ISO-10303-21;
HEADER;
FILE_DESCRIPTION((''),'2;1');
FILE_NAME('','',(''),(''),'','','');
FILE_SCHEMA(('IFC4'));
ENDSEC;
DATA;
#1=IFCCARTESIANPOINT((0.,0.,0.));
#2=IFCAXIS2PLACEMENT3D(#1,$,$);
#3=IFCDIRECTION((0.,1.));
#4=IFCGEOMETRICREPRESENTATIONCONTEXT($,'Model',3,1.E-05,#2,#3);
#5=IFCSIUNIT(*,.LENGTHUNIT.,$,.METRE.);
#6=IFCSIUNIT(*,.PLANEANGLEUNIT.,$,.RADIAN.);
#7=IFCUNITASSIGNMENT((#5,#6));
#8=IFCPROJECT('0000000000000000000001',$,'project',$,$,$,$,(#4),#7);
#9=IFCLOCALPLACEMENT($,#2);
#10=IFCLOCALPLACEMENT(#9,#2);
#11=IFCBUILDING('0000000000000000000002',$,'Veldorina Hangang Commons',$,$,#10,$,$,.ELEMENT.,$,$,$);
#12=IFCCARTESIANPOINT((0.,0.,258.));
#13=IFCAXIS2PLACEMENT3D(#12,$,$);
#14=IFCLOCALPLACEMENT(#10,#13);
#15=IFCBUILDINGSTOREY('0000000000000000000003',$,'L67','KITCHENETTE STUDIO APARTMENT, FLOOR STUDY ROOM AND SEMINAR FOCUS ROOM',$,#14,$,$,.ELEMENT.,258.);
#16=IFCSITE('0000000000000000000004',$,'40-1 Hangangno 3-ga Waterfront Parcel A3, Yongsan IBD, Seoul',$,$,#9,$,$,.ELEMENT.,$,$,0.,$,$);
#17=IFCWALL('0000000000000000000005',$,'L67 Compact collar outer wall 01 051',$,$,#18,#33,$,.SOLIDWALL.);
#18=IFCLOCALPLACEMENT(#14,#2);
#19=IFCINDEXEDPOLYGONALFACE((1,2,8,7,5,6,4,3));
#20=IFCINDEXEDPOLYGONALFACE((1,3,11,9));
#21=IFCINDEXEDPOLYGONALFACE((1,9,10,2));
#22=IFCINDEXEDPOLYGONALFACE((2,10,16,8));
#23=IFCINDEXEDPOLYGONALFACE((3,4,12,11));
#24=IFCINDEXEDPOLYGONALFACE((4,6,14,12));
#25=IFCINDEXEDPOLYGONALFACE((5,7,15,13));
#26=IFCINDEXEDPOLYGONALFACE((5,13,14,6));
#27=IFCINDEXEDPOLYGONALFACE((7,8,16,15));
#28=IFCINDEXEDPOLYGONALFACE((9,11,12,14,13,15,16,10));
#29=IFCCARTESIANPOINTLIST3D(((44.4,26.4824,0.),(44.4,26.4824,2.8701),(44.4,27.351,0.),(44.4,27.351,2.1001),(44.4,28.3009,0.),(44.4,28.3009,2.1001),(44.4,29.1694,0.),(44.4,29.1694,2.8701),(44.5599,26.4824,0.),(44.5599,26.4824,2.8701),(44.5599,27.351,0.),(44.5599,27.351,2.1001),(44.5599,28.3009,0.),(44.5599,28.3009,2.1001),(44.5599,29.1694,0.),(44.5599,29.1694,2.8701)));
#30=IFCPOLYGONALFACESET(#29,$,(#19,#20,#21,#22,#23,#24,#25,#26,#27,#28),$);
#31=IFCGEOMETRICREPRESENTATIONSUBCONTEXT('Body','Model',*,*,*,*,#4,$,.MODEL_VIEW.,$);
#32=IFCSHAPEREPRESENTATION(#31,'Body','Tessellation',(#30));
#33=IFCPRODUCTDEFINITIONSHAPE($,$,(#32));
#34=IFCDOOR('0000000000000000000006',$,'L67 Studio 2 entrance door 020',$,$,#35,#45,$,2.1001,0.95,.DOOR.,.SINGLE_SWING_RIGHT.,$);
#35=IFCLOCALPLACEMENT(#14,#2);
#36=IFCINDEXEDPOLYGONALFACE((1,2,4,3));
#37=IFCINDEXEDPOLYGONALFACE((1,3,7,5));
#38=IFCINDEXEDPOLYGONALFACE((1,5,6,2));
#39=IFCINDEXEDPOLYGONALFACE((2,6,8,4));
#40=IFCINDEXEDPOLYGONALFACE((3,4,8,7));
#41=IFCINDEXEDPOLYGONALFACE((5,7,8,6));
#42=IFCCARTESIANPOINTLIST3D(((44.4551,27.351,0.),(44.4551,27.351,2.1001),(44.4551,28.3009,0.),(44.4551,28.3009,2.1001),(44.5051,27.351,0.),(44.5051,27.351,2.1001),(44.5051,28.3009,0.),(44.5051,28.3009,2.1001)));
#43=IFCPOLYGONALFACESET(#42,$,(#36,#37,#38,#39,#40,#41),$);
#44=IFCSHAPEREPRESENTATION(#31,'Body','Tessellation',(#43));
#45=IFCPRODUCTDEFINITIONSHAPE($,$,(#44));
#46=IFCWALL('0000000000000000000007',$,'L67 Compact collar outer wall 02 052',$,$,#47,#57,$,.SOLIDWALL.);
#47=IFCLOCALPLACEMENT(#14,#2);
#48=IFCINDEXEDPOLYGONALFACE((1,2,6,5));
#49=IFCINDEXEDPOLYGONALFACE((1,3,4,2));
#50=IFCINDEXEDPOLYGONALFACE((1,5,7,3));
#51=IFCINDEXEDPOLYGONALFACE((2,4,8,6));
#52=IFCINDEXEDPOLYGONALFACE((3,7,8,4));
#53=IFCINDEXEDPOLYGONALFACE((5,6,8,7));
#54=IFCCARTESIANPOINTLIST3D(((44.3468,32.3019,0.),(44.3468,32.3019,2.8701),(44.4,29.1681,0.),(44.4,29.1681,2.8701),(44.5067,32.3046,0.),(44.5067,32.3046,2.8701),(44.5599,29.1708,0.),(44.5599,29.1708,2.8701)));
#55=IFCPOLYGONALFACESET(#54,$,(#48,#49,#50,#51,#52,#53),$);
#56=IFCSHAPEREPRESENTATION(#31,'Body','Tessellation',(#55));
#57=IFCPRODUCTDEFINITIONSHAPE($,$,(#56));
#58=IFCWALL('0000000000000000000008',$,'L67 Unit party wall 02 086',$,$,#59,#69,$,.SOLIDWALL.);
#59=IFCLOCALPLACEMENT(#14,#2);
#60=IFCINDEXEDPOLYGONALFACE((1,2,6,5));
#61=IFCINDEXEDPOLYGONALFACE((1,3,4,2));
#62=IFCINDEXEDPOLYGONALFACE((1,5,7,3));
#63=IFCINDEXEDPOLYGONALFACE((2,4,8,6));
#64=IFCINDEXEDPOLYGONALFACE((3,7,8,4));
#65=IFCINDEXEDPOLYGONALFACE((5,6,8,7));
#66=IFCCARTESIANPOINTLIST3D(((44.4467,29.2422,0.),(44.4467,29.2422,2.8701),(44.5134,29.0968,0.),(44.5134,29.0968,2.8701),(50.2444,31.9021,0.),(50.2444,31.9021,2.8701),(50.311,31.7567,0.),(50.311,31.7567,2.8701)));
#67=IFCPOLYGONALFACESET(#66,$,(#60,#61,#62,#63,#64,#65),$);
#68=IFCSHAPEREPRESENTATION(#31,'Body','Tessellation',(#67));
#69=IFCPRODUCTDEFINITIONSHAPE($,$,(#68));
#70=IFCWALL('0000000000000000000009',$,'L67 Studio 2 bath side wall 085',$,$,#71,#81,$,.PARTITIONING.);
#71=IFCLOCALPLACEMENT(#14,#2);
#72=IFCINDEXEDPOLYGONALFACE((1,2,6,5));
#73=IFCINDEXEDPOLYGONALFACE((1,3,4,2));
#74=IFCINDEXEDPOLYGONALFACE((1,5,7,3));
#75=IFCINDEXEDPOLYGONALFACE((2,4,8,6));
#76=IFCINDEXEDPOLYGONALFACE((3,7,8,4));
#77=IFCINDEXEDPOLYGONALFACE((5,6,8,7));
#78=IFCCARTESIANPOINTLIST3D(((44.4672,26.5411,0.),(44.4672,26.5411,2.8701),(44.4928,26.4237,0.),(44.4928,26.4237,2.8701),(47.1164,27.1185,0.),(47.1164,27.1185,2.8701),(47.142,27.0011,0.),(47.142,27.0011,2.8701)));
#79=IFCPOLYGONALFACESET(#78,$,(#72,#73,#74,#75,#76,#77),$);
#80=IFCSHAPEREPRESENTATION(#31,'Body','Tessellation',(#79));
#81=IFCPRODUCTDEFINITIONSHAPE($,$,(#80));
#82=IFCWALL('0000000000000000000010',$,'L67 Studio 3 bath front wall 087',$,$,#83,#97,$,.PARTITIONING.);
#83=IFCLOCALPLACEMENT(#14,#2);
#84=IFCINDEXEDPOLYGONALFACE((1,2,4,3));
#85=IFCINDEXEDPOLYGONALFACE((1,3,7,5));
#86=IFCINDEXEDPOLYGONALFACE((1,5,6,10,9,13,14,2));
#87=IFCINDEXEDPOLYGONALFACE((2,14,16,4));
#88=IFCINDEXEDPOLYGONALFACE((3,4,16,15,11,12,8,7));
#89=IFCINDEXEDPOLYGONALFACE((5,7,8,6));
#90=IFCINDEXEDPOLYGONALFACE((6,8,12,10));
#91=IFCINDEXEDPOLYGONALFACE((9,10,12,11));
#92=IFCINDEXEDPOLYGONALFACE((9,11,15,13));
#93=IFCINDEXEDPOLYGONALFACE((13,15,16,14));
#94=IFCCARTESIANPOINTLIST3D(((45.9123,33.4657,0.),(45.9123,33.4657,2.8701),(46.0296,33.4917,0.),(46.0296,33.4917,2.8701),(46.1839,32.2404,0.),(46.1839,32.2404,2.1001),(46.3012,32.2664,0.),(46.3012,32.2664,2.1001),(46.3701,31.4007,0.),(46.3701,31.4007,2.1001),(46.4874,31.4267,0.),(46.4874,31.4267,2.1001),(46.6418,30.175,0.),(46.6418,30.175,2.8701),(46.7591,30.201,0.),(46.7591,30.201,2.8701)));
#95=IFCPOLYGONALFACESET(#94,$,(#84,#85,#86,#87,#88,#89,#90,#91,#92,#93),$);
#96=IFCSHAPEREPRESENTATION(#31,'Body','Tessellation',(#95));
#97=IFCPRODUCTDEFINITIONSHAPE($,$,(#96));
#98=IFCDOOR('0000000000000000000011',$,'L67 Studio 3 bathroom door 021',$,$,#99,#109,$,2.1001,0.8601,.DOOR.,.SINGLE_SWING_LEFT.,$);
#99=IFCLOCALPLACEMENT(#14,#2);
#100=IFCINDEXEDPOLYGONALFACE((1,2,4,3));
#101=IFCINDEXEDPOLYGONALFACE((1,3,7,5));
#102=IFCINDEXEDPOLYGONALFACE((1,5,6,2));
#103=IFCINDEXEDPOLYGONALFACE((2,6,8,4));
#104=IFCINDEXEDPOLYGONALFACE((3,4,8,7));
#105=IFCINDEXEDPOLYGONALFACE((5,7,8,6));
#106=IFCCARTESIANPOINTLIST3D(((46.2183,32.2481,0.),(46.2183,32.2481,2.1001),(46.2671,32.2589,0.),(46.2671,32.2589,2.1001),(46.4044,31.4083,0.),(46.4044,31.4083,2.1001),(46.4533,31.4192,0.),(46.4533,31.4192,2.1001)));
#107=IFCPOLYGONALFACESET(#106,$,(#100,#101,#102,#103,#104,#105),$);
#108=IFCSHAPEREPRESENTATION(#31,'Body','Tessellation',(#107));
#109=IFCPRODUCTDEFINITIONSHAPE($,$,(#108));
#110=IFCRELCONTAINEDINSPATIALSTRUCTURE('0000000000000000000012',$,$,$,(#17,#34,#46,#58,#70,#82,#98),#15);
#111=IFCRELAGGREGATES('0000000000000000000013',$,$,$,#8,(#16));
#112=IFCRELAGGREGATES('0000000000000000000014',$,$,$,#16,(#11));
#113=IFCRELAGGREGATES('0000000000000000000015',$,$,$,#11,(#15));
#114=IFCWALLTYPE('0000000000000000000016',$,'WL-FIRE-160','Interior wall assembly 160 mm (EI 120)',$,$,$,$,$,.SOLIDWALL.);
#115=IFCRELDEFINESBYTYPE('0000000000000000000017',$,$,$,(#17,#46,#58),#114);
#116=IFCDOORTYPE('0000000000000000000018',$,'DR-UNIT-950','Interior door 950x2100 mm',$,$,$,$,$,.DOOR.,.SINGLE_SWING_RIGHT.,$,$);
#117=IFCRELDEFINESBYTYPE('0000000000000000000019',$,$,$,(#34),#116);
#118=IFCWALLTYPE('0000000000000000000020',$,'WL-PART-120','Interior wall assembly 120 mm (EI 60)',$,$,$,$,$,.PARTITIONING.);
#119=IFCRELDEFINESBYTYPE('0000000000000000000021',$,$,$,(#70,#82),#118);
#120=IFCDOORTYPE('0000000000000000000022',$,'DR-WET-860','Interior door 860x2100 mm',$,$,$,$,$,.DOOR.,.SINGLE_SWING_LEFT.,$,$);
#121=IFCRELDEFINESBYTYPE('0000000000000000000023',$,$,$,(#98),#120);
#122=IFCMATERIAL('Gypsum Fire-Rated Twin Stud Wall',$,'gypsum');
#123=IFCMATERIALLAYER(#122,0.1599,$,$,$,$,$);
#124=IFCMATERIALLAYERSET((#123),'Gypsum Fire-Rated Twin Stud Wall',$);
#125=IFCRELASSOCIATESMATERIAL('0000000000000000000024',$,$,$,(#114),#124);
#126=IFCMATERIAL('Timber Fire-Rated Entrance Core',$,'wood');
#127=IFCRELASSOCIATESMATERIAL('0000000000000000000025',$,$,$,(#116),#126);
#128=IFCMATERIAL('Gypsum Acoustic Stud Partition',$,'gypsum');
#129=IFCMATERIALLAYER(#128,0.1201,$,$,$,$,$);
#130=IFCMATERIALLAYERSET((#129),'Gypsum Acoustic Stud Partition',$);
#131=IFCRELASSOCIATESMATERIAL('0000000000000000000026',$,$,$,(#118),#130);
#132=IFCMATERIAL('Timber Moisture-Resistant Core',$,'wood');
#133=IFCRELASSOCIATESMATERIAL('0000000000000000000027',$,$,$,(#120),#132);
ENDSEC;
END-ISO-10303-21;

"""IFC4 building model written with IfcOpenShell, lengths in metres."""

from ifc_helpers import new_model, si_unit, direction, frame, frame_2d, origin, place, context, subcontext, project, spatial, rectangle, extrude, material, layer, layer_set, type_object, element, fill, save


model = new_model("IFC4")

# Units and contexts
model_context = context("Model", 3, precision=1e-05, world=origin(), true_north=direction((0.0, 1.0)))
body_context = subcontext(model_context, "Body", "Model", "MODEL_VIEW")
ifc_project = project(units=[si_unit("LENGTHUNIT", "METRE"), si_unit("PLANEANGLEUNIT", "RADIAN")], contexts=[model_context])

# Site, building, storey
site_placement = place(None, origin())
site = spatial("IfcSite", under=ifc_project, at=site_placement, Name="40-1 Hangangno 3-ga Waterfront Parcel A3, Yongsan IBD, Seoul", CompositionType="ELEMENT", RefElevation=0.0)
building_placement = place(site_placement, origin())
building = spatial("IfcBuilding", under=site, at=building_placement, Name="Veldorina Hangang Commons", CompositionType="ELEMENT")
storey_placement = place(building_placement, frame((0.0, 0.0, 258.0)))
storey = spatial("IfcBuildingStorey", under=building, at=storey_placement, Name="L67", Description="KITCHENETTE STUDIO APARTMENT, FLOOR STUDY ROOM AND SEMINAR FOCUS ROOM", CompositionType="ELEMENT", Elevation=258.0)

# Wall, opening, door
ifc_material_1 = material(Name="Gypsum Fire-Rated Twin Stud Wall", Category="gypsum")
ifc_layer_1 = layer(ifc_material_1, 0.1599)
ifc_layer_set_1 = layer_set([ifc_layer_1], Name="Gypsum Fire-Rated Twin Stud Wall")
wall_type_1 = type_object("IfcWallType", Name="WL-FIRE-160", Description="Interior wall assembly 160 mm (EI 120)", PredefinedType="SOLIDWALL", material=ifc_layer_set_1)
wall_1_placement = place(storey_placement, frame((44.48, 26.4824, 0.0), z_axis=(0.0, 0.0, 1.0), x_axis=(0.0, 1.0, 0.0)))
wall_1 = element("IfcWall", 1, at=wall_1_placement, inside=storey, type_object=wall_type_1, Name="L67 Compact collar outer wall 01 051", PredefinedType="SOLIDWALL", context=body_context, shape_type="SweptSolid", body=[
    extrude(rectangle(XDim=2.687, YDim=0.1599, at=frame_2d((1.3435, 0.0))), origin(), (0.0, 0.0, 1.0), 2.8701),
])
opening_1_placement = place(wall_1_placement, frame((0.8684, 0.0, 0.0)))
opening_1 = element("IfcOpeningElement", 2, at=opening_1_placement, cuts=wall_1, PredefinedType="OPENING", context=body_context, shape_type="SweptSolid", body=[
    extrude(rectangle(XDim=0.95, YDim=2.1001, at=frame_2d((0.4751, 1.05))), frame((0.0, 0.0898, 0.0), z_axis=(0.0, -1.0, 0.0), x_axis=(1.0, 0.0, 0.0)), (0.0, 0.0, 1.0), 0.1799),
])
ifc_material_2 = material(Name="Timber Fire-Rated Entrance Core", Category="wood")
door_type_1 = type_object("IfcDoorType", Name="DR-UNIT-950", Description="Interior door 950x2100 mm", OperationType="SINGLE_SWING_RIGHT", PredefinedType="DOOR", material=ifc_material_2)
door_1_placement = place(opening_1_placement, origin())
door_1 = element("IfcDoor", 3, at=door_1_placement, inside=storey, type_object=door_type_1, Name="L67 Studio 2 entrance door 020", OperationType="SINGLE_SWING_RIGHT", OverallHeight=2.1001, OverallWidth=0.95, PredefinedType="DOOR", context=body_context, shape_type="SweptSolid", body=[
    extrude(rectangle(XDim=0.95, YDim=2.1001, at=frame_2d((0.4751, 1.05))), frame((0.0, 0.0249, 0.0), z_axis=(0.0, -1.0, 0.0), x_axis=(1.0, 0.0, 0.0)), (0.0, 0.0, 1.0), 0.05),
])
fill(opening_1, door_1)

# Walls
wall_2_placement = place(storey_placement, frame((44.48, 29.1694, 0.0), z_axis=(0.0, 0.0, 1.0), x_axis=(-0.016981, 0.999856, 0.0)))
element("IfcWall", 4, at=wall_2_placement, inside=storey, type_object=wall_type_1, Name="L67 Compact collar outer wall 02 052", PredefinedType="SOLIDWALL", context=body_context, shape_type="SweptSolid", body=[
    extrude(rectangle(XDim=3.1343, YDim=0.1599, at=frame_2d((1.5671, 0.0))), origin(), (0.0, 0.0, 1.0), 2.8701),
])
wall_3_placement = place(storey_placement, frame((44.48, 29.1694, 0.0), z_axis=(0.0, 0.0, 1.0), x_axis=(0.908906, 0.417001, 0.0)))
element("IfcWall", 5, at=wall_3_placement, inside=storey, type_object=wall_type_1, Name="L67 Unit party wall 02 086", PredefinedType="SOLIDWALL", context=body_context, shape_type="SweptSolid", body=[
    extrude(rectangle(XDim=6.3787, YDim=0.1599, at=frame_2d((3.1895, 0.0))), origin(), (0.0, 0.0, 1.0), 2.8701),
])
ifc_material_3 = material(Name="Gypsum Acoustic Stud Partition", Category="gypsum")
ifc_layer_2 = layer(ifc_material_3, 0.1201)
ifc_layer_set_2 = layer_set([ifc_layer_2], Name="Gypsum Acoustic Stud Partition")
wall_type_2 = type_object("IfcWallType", Name="WL-PART-120", Description="Interior wall assembly 120 mm (EI 60)", PredefinedType="PARTITIONING", material=ifc_layer_set_2)
wall_4_placement = place(storey_placement, frame((44.48, 26.4824, 0.0), z_axis=(0.0, 0.0, 1.0), x_axis=(0.977062, 0.212953, 0.0)))
element("IfcWall", 6, at=wall_4_placement, inside=storey, type_object=wall_type_2, Name="L67 Studio 2 bath side wall 085", PredefinedType="PARTITIONING", context=body_context, shape_type="SweptSolid", body=[
    extrude(rectangle(XDim=2.7114, YDim=0.1201, at=frame_2d((1.3557, 0.0))), origin(), (0.0, 0.0, 1.0), 2.8701),
])

# Wall, opening, door
wall_5_placement = place(storey_placement, frame((46.7004, 30.188, 0.0), z_axis=(0.0, 0.0, 1.0), x_axis=(-0.216424, 0.976299, 0.0)))
wall_5 = element("IfcWall", 7, at=wall_5_placement, inside=storey, type_object=wall_type_2, Name="L67 Studio 3 bath front wall 087", PredefinedType="PARTITIONING", context=body_context, shape_type="SweptSolid", body=[
    extrude(rectangle(XDim=3.3706, YDim=0.1201, at=frame_2d((1.6853, 0.0))), origin(), (0.0, 0.0, 1.0), 2.8701),
])
opening_2_placement = place(wall_5_placement, frame((1.2554, 0.0, 0.0)))
opening_2 = element("IfcOpeningElement", 8, at=opening_2_placement, cuts=wall_5, PredefinedType="OPENING", context=body_context, shape_type="SweptSolid", body=[
    extrude(rectangle(XDim=0.8601, YDim=2.1001, at=frame_2d((0.4302, 1.05))), frame((0.0, 0.0701, 0.0), z_axis=(0.0, -1.0, 0.0), x_axis=(1.0, 0.0, 0.0)), (0.0, 0.0, 1.0), 0.1401),
])
ifc_material_4 = material(Name="Timber Moisture-Resistant Core", Category="wood")
door_type_2 = type_object("IfcDoorType", Name="DR-WET-860", Description="Interior door 860x2100 mm", OperationType="SINGLE_SWING_LEFT", PredefinedType="DOOR", material=ifc_material_4)
door_2_placement = place(opening_2_placement, origin())
door_2 = element("IfcDoor", 9, at=door_2_placement, inside=storey, type_object=door_type_2, Name="L67 Studio 3 bathroom door 021", OperationType="SINGLE_SWING_LEFT", OverallHeight=2.1001, OverallWidth=0.8601, PredefinedType="DOOR", context=body_context, shape_type="SweptSolid", body=[
    extrude(rectangle(XDim=0.8601, YDim=2.1001, at=frame_2d((0.4302, 1.05))), frame((0.0, 0.0249, 0.0), z_axis=(0.0, -1.0, 0.0), x_axis=(1.0, 0.0, 0.0)), (0.0, 0.0, 1.0), 0.05),
])
fill(opening_2, door_2)

save(model, "model.ifc")
